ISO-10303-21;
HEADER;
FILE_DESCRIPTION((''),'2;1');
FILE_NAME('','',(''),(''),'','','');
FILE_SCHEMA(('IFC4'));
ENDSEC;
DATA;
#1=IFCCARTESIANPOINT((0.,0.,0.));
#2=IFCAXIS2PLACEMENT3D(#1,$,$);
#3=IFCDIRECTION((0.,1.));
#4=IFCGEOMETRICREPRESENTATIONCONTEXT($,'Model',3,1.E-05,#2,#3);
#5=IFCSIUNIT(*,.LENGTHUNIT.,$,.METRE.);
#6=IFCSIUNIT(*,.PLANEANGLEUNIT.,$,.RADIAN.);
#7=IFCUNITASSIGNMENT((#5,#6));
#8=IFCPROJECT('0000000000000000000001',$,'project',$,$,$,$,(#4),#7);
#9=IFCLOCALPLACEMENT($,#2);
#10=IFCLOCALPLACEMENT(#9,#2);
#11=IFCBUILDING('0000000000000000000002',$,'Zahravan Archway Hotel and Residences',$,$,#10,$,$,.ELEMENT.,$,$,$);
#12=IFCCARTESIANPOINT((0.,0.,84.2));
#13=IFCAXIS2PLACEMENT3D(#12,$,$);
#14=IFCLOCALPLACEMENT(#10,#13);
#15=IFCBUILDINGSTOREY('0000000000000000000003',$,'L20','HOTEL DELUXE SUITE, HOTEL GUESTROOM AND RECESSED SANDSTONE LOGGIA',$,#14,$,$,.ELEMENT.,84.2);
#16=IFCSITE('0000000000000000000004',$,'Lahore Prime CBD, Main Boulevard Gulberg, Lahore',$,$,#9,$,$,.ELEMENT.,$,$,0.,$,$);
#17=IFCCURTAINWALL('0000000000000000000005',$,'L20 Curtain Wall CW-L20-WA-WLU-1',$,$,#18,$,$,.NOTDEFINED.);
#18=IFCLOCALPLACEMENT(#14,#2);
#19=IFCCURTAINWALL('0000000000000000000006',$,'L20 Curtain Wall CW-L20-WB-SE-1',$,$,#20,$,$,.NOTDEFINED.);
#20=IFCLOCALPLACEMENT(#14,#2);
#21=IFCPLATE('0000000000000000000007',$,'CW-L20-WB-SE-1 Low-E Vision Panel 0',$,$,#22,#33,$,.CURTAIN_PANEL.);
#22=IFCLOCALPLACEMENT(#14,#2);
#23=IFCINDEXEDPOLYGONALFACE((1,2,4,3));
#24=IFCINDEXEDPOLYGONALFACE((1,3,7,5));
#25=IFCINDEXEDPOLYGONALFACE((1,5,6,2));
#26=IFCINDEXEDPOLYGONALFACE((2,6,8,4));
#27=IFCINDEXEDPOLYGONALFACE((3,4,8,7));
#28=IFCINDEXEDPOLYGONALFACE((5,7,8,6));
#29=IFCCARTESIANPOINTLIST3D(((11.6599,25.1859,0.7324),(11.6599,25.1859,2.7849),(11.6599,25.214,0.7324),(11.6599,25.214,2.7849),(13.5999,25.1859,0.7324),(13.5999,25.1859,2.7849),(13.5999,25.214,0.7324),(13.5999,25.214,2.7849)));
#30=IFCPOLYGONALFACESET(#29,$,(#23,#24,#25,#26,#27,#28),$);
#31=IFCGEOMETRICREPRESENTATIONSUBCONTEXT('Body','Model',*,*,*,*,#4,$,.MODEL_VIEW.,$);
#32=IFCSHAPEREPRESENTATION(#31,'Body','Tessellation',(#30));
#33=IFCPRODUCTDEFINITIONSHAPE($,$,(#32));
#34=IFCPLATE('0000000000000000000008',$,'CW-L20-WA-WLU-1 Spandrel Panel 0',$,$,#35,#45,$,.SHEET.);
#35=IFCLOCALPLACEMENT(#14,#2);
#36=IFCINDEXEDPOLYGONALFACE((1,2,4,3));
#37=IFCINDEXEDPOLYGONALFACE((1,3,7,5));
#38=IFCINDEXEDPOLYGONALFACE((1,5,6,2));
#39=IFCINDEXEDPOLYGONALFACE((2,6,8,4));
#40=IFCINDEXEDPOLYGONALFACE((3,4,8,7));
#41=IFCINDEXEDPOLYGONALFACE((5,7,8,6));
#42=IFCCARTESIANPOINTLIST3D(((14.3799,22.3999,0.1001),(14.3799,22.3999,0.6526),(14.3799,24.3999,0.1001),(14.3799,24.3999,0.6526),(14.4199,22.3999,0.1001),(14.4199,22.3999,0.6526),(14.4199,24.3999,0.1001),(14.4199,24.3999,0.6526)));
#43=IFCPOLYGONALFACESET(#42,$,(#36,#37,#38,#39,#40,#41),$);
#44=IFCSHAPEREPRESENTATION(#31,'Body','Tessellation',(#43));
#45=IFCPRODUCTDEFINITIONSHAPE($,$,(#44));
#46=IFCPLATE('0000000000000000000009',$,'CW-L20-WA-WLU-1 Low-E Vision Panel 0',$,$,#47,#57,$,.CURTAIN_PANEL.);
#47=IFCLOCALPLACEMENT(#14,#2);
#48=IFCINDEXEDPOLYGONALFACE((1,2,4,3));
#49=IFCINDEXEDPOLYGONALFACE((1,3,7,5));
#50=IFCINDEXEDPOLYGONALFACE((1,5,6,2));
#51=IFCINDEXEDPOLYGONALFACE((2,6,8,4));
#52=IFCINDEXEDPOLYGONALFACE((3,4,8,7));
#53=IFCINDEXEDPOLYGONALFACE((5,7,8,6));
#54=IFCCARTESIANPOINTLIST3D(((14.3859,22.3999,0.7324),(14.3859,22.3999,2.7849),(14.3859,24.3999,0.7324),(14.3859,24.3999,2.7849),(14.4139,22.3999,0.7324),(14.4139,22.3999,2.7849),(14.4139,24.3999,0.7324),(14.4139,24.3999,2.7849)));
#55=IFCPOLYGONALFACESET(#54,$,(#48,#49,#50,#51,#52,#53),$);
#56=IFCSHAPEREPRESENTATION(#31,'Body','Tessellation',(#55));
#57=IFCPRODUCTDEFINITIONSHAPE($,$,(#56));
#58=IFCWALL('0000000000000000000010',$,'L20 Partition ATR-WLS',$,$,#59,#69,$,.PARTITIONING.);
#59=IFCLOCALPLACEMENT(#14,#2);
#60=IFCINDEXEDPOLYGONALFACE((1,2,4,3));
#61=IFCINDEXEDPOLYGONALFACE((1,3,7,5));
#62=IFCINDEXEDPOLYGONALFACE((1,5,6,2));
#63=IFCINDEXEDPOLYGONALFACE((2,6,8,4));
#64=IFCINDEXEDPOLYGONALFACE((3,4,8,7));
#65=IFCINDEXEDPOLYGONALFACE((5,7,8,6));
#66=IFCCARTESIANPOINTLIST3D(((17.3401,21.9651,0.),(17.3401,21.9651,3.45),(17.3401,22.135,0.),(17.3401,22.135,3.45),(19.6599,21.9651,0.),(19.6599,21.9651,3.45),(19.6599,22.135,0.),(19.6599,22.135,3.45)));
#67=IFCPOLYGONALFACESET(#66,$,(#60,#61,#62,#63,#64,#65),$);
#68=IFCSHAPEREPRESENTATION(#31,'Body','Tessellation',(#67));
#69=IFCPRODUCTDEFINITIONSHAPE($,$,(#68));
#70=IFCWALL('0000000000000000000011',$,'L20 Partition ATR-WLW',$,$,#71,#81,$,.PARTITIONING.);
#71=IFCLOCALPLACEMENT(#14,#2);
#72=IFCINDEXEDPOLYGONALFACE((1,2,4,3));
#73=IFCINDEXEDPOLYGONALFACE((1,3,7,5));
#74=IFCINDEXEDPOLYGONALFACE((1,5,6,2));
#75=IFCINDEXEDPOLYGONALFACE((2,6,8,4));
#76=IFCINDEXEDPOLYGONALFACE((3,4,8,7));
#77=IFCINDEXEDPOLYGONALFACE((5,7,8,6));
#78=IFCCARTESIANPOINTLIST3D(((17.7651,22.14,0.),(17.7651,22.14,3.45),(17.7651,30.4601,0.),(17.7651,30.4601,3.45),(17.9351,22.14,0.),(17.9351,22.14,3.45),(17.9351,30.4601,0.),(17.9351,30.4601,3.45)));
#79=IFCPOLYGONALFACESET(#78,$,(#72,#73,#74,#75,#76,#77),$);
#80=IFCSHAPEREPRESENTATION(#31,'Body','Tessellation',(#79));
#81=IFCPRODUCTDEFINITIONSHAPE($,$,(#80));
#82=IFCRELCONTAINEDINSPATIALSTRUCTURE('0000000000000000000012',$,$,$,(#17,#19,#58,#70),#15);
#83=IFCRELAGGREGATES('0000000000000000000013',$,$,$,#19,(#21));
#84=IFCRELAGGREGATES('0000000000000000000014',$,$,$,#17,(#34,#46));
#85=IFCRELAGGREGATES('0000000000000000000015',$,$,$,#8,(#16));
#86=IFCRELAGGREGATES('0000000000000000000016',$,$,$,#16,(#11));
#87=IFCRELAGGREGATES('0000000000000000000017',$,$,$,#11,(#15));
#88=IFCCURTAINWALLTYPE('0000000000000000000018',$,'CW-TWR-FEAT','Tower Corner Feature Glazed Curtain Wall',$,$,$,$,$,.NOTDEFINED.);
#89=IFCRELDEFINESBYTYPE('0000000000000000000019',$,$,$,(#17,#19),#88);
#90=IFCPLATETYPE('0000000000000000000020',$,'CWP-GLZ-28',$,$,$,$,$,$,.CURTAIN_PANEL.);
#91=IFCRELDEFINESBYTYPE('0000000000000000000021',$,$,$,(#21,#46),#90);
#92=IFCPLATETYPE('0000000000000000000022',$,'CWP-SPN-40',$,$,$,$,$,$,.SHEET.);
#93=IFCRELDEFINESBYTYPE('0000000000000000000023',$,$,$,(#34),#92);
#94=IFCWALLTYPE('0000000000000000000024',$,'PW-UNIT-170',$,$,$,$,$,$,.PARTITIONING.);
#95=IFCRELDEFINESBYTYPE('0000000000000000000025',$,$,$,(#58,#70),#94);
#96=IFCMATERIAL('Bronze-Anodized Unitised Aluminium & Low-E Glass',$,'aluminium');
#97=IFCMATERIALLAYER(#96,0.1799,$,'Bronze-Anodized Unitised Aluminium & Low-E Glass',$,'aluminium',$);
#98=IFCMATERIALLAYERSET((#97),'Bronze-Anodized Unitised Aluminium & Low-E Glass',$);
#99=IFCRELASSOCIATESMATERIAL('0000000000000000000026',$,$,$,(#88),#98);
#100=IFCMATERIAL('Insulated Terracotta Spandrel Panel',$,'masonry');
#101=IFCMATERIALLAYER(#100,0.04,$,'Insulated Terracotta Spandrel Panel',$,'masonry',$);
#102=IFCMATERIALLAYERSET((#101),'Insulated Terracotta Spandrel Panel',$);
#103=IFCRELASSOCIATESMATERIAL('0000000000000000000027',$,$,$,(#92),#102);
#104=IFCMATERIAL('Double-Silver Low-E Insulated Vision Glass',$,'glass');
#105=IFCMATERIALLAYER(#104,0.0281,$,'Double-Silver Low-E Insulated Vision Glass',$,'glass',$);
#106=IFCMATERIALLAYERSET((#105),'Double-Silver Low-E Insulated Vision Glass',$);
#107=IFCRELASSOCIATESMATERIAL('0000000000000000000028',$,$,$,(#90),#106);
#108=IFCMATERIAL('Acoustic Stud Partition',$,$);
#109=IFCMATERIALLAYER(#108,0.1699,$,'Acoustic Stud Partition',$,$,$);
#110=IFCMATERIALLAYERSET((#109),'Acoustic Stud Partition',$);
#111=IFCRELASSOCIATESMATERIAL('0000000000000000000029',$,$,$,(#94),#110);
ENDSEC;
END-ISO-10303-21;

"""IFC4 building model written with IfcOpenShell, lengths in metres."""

from ifc_helpers import new_model, si_unit, direction, frame, frame_2d, origin, origin_2d, place, context, subcontext, project, spatial, rectangle, extrude, source, transform, mapped, material, layer, layer_set, type_object, element, aggregate, save


model = new_model("IFC4")

# Units and contexts
model_context = context("Model", 3, precision=1e-05, world=origin(), true_north=direction((0.0, 1.0)))
body_context = subcontext(model_context, "Body", "Model", "MODEL_VIEW")
ifc_project = project(units=[si_unit("LENGTHUNIT", "METRE"), si_unit("PLANEANGLEUNIT", "RADIAN")], contexts=[model_context])

# Site, building, storey
site_placement = place(None, origin())
site = spatial("IfcSite", under=ifc_project, at=site_placement, Name="Lahore Prime CBD, Main Boulevard Gulberg, Lahore", CompositionType="ELEMENT", RefElevation=0.0)
building_placement = place(site_placement, origin())
building = spatial("IfcBuilding", under=site, at=building_placement, Name="Zahravan Archway Hotel and Residences", CompositionType="ELEMENT")
storey_placement = place(building_placement, frame((0.0, 0.0, 84.2)))
storey = spatial("IfcBuildingStorey", under=building, at=storey_placement, Name="L20", Description="HOTEL DELUXE SUITE, HOTEL GUESTROOM AND RECESSED SANDSTONE LOGGIA", CompositionType="ELEMENT", Elevation=84.2)

# Curtain walls
ifc_material_1 = material(Name="Bronze-Anodized Unitised Aluminium & Low-E Glass", Category="aluminium")
ifc_layer_1 = layer(ifc_material_1, 0.1799, Name="Bronze-Anodized Unitised Aluminium & Low-E Glass", Category="aluminium")
ifc_layer_set_1 = layer_set([ifc_layer_1], Name="Bronze-Anodized Unitised Aluminium & Low-E Glass")
curtain_wall_type = type_object("IfcCurtainWallType", Name="CW-TWR-FEAT", Description="Tower Corner Feature Glazed Curtain Wall", PredefinedType="NOTDEFINED", material=ifc_layer_set_1)
curtain_wall_1_placement = place(storey_placement, origin())
curtain_wall_1 = element("IfcCurtainWall", 1, at=curtain_wall_1_placement, inside=storey, type_object=curtain_wall_type, Name="L20 Curtain Wall CW-L20-WA-WLU-1", PredefinedType="NOTDEFINED")
curtain_wall_2_placement = place(storey_placement, origin())
curtain_wall_2 = element("IfcCurtainWall", 2, at=curtain_wall_2_placement, inside=storey, type_object=curtain_wall_type, Name="L20 Curtain Wall CW-L20-WB-SE-1", PredefinedType="NOTDEFINED")

# Plates
ifc_material_2 = material(Name="Insulated Terracotta Spandrel Panel", Category="masonry")
ifc_layer_2 = layer(ifc_material_2, 0.04, Name="Insulated Terracotta Spandrel Panel", Category="masonry")
ifc_layer_set_2 = layer_set([ifc_layer_2], Name="Insulated Terracotta Spandrel Panel")
plate_type_1 = type_object("IfcPlateType", Name="CWP-SPN-40", PredefinedType="SHEET", material=ifc_layer_set_2)
ifc_material_3 = material(Name="Double-Silver Low-E Insulated Vision Glass", Category="glass")
ifc_layer_3 = layer(ifc_material_3, 0.0281, Name="Double-Silver Low-E Insulated Vision Glass", Category="glass")
ifc_layer_set_3 = layer_set([ifc_layer_3], Name="Double-Silver Low-E Insulated Vision Glass")
plate_type_2 = type_object("IfcPlateType", Name="CWP-GLZ-28", PredefinedType="CURTAIN_PANEL", material=ifc_layer_set_3)
shared_shape_1 = source(origin(), body_context, "Body", "SweptSolid", [
    extrude(rectangle(XDim=1.9399, YDim=0.0281, at=origin_2d()), origin(), (0.0, 0.0, 1.0), 2.0525),
])
plate_1_placement = place(storey_placement, frame((12.6299, 25.2, 0.7324), z_axis=(0.0, 0.0, 1.0), x_axis=(1.0, 0.0, 0.0)))
plate_1 = element("IfcPlate", 3, at=plate_1_placement, type_object=plate_type_2, Name="CW-L20-WB-SE-1 Low-E Vision Panel 0", PredefinedType="CURTAIN_PANEL", context=body_context, shape_type="MappedRepresentation", body=[
    mapped(shared_shape_1, transform((0.0, 0.0, 0.0), scale=1.0)),
])
aggregate(curtain_wall_2, [plate_1])
shared_shape_2 = source(origin(), body_context, "Body", "SweptSolid", [
    extrude(rectangle(XDim=2.0, YDim=0.04, at=origin_2d()), origin(), (0.0, 0.0, 1.0), 0.5525),
])
plate_2_placement = place(storey_placement, frame((14.3999, 23.3999, 0.1001), z_axis=(0.0, 0.0, 1.0), x_axis=(0.0, 1.0, 0.0)))
plate_2 = element("IfcPlate", 4, at=plate_2_placement, type_object=plate_type_1, Name="CW-L20-WA-WLU-1 Spandrel Panel 0", PredefinedType="SHEET", context=body_context, shape_type="MappedRepresentation", body=[
    mapped(shared_shape_2, transform((0.0, 0.0, 0.0), scale=1.0)),
])
shared_shape_3 = source(origin(), body_context, "Body", "SweptSolid", [
    extrude(rectangle(XDim=2.0, YDim=0.0281, at=origin_2d()), origin(), (0.0, 0.0, 1.0), 2.0525),
])
plate_3_placement = place(storey_placement, frame((14.3999, 23.3999, 0.7324), z_axis=(0.0, 0.0, 1.0), x_axis=(0.0, 1.0, 0.0)))
plate_3 = element("IfcPlate", 5, at=plate_3_placement, type_object=plate_type_2, Name="CW-L20-WA-WLU-1 Low-E Vision Panel 0", PredefinedType="CURTAIN_PANEL", context=body_context, shape_type="MappedRepresentation", body=[
    mapped(shared_shape_3, transform((0.0, 0.0, 0.0), scale=1.0)),
])
aggregate(curtain_wall_1, [plate_2, plate_3])

# Walls
ifc_material_4 = material(Name="Acoustic Stud Partition")
ifc_layer_4 = layer(ifc_material_4, 0.1699, Name="Acoustic Stud Partition")
ifc_layer_set_4 = layer_set([ifc_layer_4], Name="Acoustic Stud Partition")
wall_type = type_object("IfcWallType", Name="PW-UNIT-170", PredefinedType="PARTITIONING", material=ifc_layer_set_4)
wall_1_placement = place(storey_placement, frame((17.3401, 22.05, 0.0), z_axis=(0.0, 0.0, 1.0), x_axis=(1.0, 0.0, 0.0)))
element("IfcWall", 6, at=wall_1_placement, inside=storey, type_object=wall_type, Name="L20 Partition ATR-WLS", PredefinedType="PARTITIONING", context=body_context, shape_type="SweptSolid", body=[
    extrude(rectangle(XDim=2.3198, YDim=0.1699, at=frame_2d((1.1599, 0.0))), origin(), (0.0, 0.0, 1.0), 3.45),
])
wall_2_placement = place(storey_placement, frame((17.8501, 22.1399, 0.0), z_axis=(0.0, 0.0, 1.0), x_axis=(0.0, 1.0, 0.0)))
element("IfcWall", 7, at=wall_2_placement, inside=storey, type_object=wall_type, Name="L20 Partition ATR-WLW", PredefinedType="PARTITIONING", context=body_context, shape_type="SweptSolid", body=[
    extrude(rectangle(XDim=8.3201, YDim=0.1699, at=frame_2d((4.1602, 0.0))), origin(), (0.0, 0.0, 1.0), 3.45),
])

save(model, "model.ifc")
